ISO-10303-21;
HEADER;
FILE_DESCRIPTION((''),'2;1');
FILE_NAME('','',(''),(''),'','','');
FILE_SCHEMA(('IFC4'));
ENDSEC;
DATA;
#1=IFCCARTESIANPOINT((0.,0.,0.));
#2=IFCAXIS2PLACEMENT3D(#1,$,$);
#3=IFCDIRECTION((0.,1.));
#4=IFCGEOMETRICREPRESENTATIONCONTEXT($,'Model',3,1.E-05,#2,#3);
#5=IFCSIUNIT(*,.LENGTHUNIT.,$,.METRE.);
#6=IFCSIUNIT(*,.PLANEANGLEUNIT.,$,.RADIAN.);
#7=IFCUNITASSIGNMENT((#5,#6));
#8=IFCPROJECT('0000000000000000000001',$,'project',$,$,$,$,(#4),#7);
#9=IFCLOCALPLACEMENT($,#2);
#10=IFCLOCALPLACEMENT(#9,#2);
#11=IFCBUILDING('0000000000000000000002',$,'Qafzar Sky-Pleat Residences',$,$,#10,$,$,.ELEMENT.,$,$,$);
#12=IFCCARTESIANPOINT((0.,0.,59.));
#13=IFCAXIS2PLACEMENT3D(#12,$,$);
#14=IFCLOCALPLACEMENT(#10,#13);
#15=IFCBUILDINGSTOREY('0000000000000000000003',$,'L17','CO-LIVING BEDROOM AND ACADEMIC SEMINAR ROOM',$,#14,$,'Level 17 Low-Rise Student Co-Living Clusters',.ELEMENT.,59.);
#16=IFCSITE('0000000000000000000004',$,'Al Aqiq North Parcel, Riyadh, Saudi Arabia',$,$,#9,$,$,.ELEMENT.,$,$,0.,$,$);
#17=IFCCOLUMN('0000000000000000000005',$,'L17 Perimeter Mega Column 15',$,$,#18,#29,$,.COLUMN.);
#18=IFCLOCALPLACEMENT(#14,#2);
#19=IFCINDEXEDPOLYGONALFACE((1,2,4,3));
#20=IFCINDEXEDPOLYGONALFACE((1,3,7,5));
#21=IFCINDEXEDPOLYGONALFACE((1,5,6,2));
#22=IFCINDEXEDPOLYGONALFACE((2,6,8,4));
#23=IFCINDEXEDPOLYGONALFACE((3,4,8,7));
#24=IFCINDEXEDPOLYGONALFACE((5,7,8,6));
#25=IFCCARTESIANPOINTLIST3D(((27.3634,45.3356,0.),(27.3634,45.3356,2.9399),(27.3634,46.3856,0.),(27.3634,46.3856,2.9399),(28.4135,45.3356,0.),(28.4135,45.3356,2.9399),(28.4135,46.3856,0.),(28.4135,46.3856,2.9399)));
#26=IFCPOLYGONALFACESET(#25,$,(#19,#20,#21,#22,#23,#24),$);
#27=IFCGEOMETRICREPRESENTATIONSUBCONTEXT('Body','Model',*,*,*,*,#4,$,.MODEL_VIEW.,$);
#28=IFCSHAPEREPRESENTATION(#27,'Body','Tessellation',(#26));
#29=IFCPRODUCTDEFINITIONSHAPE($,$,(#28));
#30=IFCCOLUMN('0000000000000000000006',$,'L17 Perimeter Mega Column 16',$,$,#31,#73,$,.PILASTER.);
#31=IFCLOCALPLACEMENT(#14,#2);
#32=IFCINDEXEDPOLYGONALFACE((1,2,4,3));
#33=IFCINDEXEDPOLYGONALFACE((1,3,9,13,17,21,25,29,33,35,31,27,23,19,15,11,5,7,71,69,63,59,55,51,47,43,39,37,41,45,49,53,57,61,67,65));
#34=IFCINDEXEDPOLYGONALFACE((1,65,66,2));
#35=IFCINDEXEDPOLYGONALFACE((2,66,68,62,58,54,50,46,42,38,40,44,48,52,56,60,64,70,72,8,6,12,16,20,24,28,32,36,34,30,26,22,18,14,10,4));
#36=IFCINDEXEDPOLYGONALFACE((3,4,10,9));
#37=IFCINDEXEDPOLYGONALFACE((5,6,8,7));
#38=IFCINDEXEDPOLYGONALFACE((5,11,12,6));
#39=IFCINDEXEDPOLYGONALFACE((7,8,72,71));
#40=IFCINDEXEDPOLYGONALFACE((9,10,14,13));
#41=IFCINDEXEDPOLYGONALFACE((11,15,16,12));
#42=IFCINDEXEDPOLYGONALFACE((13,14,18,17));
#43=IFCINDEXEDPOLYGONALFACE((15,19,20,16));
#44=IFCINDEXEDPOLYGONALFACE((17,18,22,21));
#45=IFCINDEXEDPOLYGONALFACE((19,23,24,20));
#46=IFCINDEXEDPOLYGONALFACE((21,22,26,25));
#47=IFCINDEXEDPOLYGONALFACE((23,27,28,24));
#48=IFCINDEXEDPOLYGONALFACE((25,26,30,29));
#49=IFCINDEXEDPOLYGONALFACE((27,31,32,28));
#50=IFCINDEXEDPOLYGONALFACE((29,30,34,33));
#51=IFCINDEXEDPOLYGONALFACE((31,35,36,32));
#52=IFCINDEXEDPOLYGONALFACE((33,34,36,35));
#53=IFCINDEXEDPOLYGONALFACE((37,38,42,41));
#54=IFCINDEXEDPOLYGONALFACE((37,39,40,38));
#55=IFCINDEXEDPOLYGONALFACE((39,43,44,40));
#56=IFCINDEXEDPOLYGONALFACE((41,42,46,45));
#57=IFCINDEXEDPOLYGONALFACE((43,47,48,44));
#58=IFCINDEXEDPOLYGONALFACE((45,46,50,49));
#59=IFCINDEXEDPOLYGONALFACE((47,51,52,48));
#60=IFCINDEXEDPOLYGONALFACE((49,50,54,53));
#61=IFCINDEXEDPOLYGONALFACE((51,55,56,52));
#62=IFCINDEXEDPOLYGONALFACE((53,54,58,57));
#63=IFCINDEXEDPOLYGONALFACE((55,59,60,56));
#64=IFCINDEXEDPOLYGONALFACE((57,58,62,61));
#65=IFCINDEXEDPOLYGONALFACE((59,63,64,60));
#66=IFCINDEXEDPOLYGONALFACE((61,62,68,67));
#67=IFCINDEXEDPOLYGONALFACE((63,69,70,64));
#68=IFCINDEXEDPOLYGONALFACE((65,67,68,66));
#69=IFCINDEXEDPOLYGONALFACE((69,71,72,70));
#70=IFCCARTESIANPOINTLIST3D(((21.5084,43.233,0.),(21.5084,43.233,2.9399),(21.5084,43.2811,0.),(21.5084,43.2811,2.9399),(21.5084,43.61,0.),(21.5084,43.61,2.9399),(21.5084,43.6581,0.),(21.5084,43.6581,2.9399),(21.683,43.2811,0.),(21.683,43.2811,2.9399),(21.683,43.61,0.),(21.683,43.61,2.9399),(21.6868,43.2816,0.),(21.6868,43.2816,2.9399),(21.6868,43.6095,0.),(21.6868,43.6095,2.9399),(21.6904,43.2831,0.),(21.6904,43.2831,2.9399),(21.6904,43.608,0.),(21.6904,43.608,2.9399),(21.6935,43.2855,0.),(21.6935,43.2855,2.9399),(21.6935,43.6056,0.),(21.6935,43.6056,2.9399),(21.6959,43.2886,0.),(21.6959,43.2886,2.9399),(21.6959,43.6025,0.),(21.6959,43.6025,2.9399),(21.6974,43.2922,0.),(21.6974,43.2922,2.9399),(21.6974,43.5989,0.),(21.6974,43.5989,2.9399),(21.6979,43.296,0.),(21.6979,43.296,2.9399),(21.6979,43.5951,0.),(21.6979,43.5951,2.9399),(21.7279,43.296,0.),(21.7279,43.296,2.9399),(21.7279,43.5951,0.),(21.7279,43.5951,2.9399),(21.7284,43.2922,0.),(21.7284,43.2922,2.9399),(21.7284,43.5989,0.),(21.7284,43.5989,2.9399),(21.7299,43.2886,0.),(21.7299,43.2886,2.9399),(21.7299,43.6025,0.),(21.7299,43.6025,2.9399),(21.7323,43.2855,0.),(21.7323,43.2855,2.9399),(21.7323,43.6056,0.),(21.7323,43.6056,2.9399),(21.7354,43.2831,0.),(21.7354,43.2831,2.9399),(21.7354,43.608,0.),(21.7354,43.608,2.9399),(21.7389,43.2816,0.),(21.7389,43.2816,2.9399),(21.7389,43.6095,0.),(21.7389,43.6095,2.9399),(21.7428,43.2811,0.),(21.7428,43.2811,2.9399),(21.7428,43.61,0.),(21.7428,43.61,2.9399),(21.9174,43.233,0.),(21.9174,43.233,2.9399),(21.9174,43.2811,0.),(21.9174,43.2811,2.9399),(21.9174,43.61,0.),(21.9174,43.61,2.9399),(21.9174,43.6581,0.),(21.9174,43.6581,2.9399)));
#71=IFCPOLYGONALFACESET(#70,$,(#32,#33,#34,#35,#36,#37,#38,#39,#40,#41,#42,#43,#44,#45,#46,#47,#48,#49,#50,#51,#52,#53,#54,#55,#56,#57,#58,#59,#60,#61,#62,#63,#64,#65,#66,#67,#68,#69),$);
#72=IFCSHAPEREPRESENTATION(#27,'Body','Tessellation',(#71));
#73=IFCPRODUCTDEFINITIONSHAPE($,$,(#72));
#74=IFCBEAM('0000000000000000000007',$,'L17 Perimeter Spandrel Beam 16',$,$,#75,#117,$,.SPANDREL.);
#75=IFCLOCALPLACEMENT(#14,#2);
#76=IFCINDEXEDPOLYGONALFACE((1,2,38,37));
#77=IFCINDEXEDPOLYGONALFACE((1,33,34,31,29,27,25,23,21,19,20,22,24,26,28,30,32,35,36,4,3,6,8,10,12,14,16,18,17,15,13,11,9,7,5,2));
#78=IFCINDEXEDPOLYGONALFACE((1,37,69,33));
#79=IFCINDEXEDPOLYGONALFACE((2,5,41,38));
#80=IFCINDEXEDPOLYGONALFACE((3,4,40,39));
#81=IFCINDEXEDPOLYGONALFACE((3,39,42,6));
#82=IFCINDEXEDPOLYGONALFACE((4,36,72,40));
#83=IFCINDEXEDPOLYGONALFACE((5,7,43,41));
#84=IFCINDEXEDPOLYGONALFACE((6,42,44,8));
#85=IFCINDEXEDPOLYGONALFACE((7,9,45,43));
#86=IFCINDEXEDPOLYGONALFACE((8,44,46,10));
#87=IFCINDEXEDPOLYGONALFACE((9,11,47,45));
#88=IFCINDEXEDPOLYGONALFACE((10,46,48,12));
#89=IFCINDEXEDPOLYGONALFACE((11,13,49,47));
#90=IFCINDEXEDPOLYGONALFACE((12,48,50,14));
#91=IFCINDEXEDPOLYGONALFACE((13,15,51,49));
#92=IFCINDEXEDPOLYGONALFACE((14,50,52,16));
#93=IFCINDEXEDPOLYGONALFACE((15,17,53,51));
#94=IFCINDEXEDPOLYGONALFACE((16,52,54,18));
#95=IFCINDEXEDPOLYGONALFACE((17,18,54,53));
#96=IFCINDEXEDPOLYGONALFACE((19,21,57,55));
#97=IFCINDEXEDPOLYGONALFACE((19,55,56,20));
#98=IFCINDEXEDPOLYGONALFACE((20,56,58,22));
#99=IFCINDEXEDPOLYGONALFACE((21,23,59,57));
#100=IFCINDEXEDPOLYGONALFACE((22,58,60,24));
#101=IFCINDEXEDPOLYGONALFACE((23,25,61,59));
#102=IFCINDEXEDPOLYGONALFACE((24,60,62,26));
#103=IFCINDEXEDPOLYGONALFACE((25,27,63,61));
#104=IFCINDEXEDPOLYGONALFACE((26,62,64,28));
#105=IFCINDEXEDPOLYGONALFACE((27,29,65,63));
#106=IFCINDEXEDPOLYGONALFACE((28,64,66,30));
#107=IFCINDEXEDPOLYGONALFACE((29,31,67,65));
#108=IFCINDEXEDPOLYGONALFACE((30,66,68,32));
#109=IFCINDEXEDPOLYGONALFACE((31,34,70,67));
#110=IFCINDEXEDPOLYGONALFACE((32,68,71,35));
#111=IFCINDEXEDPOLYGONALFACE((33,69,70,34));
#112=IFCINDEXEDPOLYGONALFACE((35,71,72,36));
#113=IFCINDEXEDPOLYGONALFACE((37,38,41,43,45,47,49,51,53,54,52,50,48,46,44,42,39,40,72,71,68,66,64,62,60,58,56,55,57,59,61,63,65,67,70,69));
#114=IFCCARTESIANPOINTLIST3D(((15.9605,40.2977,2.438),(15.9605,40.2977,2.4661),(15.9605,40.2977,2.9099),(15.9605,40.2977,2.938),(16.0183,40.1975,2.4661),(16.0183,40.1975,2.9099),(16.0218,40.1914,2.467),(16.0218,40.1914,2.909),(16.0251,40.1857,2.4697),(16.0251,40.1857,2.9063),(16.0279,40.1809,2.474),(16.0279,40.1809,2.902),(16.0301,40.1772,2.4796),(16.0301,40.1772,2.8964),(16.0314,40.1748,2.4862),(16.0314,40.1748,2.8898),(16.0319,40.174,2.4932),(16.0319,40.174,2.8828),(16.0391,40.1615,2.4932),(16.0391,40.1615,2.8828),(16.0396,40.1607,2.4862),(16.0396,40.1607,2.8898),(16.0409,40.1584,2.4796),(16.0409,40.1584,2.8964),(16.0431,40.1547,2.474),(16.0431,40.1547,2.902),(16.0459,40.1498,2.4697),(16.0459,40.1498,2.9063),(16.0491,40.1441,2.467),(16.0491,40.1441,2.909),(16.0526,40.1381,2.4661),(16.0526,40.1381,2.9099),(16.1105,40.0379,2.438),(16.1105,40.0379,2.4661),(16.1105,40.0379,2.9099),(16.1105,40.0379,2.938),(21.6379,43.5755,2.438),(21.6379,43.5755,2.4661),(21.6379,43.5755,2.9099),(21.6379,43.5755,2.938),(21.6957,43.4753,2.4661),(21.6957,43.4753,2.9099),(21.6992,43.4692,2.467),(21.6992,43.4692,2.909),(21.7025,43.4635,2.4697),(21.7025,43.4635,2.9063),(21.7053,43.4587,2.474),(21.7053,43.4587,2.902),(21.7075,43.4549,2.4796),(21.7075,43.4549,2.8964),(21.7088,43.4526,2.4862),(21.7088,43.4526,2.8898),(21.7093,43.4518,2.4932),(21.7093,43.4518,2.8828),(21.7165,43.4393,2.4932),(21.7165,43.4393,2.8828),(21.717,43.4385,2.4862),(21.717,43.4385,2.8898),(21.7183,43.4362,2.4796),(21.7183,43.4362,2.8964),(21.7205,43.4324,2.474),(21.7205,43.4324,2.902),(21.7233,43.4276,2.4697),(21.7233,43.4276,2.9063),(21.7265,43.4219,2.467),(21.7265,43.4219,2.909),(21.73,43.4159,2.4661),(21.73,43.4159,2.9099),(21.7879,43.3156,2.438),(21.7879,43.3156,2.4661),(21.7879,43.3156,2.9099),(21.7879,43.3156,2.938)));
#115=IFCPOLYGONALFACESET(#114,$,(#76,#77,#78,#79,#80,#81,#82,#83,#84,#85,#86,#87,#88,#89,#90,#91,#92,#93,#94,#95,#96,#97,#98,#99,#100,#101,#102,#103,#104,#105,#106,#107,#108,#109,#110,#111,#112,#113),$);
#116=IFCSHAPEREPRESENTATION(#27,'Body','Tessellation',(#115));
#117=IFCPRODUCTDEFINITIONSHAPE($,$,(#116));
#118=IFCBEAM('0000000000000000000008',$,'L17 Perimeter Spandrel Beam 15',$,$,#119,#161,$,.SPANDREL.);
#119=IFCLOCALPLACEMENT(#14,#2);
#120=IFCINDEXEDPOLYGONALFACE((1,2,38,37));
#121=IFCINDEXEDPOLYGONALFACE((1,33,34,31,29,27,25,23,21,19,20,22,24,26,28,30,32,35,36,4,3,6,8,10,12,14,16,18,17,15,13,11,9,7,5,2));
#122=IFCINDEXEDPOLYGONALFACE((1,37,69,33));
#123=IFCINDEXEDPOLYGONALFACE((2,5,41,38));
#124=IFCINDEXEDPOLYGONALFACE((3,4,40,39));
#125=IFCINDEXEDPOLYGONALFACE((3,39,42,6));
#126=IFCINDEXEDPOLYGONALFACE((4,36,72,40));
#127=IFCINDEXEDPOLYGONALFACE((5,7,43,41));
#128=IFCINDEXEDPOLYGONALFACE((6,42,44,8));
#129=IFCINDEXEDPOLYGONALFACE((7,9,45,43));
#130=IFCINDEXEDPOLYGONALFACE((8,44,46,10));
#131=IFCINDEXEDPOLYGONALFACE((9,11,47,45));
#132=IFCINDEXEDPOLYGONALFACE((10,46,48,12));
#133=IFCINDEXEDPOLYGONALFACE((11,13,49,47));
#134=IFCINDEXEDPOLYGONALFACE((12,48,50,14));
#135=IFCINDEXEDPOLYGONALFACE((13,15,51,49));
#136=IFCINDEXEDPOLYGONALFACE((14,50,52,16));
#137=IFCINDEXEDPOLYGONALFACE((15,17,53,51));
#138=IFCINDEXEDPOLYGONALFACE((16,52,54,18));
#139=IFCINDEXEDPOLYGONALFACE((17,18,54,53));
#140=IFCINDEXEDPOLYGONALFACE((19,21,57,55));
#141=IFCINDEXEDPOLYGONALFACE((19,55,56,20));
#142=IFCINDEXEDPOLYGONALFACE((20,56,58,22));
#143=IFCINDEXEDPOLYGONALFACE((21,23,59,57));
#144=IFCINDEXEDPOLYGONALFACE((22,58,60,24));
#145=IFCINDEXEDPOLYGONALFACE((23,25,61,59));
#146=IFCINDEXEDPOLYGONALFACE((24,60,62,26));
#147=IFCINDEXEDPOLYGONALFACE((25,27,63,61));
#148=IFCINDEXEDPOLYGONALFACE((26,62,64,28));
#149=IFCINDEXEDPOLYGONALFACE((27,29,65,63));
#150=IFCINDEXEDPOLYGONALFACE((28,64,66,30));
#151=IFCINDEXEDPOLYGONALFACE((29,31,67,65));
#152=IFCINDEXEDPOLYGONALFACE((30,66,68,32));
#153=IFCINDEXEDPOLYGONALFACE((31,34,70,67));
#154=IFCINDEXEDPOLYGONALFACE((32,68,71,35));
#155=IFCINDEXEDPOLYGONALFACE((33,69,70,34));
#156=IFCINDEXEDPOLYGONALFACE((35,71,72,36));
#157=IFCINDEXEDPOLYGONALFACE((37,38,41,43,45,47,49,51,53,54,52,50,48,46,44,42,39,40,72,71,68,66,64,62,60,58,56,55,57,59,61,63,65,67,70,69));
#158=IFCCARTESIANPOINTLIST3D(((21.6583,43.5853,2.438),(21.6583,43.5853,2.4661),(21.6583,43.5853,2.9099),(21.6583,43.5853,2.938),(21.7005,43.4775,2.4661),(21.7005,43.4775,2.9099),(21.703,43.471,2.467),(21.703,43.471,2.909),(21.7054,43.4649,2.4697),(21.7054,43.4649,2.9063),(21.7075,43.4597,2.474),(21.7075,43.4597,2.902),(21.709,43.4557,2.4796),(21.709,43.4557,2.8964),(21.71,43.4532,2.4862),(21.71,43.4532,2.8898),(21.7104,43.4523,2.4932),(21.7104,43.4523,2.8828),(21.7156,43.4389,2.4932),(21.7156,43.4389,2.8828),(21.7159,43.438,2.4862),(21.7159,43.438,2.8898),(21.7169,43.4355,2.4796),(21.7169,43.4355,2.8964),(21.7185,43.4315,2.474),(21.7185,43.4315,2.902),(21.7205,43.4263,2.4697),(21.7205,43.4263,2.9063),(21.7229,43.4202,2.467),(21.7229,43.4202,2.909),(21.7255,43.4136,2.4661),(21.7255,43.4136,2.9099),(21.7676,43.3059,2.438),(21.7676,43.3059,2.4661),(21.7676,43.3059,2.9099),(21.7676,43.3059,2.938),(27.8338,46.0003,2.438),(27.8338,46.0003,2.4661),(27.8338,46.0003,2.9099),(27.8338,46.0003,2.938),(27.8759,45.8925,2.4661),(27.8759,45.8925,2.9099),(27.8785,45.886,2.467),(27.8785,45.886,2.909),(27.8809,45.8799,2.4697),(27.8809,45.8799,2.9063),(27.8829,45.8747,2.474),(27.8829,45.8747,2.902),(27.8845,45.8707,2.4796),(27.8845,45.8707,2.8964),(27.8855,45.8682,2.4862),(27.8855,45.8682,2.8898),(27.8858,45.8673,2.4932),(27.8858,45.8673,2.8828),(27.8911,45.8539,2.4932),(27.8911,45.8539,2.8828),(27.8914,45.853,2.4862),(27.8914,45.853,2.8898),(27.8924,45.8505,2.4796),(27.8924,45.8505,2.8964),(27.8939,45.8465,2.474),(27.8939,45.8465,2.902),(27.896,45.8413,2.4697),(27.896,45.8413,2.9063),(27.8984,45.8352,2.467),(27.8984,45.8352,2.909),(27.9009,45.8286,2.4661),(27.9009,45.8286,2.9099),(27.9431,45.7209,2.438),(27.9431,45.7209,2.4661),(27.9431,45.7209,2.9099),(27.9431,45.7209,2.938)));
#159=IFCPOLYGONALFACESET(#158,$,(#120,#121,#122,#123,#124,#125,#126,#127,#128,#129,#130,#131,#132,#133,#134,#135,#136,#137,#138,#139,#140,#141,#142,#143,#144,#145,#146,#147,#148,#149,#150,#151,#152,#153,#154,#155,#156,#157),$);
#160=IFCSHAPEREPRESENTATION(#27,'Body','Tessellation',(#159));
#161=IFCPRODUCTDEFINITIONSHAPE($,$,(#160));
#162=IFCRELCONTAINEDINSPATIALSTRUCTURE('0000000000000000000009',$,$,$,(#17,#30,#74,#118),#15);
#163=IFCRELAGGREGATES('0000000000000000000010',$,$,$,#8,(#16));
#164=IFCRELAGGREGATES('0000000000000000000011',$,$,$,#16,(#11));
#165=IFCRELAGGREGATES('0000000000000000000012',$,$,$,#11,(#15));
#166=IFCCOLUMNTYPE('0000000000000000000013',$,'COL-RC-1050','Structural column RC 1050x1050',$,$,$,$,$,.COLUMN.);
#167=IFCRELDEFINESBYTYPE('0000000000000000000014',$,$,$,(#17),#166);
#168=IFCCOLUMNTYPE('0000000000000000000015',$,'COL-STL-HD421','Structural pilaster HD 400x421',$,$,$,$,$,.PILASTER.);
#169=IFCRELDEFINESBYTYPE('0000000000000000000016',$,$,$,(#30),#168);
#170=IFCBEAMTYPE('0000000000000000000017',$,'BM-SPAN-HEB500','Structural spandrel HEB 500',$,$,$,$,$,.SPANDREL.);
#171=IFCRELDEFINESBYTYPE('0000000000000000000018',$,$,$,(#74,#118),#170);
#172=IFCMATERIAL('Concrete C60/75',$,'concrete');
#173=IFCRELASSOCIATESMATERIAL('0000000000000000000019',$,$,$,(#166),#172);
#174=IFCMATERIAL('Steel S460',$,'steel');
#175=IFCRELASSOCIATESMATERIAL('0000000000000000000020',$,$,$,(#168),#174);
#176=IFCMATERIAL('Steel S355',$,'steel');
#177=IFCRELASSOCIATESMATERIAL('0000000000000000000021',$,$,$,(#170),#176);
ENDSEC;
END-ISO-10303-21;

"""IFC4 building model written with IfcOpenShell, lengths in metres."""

from ifc_helpers import new_model, si_unit, direction, frame, origin, origin_2d, place, context, subcontext, project, spatial, rectangle, i_section, extrude, source, transform, mapped, material, material_profile, profile_set, type_object, element, save


model = new_model("IFC4")

# Units and contexts
model_context = context("Model", 3, precision=1e-05, world=origin(), true_north=direction((0.0, 1.0)))
body_context = subcontext(model_context, "Body", "Model", "MODEL_VIEW")
ifc_project = project(units=[si_unit("LENGTHUNIT", "METRE"), si_unit("PLANEANGLEUNIT", "RADIAN")], contexts=[model_context])

# Site, building, storey
site_placement = place(None, origin())
site = spatial("IfcSite", under=ifc_project, at=site_placement, Name="Al Aqiq North Parcel, Riyadh, Saudi Arabia", CompositionType="ELEMENT", RefElevation=0.0)
building_placement = place(site_placement, origin())
building = spatial("IfcBuilding", under=site, at=building_placement, Name="Qafzar Sky-Pleat Residences", CompositionType="ELEMENT")
storey_placement = place(building_placement, frame((0.0, 0.0, 59.0)))
storey = spatial("IfcBuildingStorey", under=building, at=storey_placement, Name="L17", Description="CO-LIVING BEDROOM AND ACADEMIC SEMINAR ROOM", LongName="Level 17 Low-Rise Student Co-Living Clusters", CompositionType="ELEMENT", Elevation=59.0)

# Columns
ifc_material_1 = material(Name="Concrete C60/75", Category="concrete")
ifc_material_profile_1 = material_profile(ifc_material_1, rectangle(XDim=1.05, YDim=1.05, at=origin_2d()), Name="RC 1050x1050")
ifc_profile_set_1 = profile_set([ifc_material_profile_1], Name="Concrete C60/75")
column_type_1 = type_object("IfcColumnType", Name="COL-RC-1050", Description="Structural column RC 1050x1050", PredefinedType="COLUMN", material=ifc_profile_set_1)
shared_shape_1 = source(origin(), body_context, "Body", "SweptSolid", [
    extrude(rectangle(XDim=1.05, YDim=1.05, at=origin_2d()), origin(), (0.0, 0.0, 1.0), 2.9399),
])
column_1_placement = place(storey_placement, frame((27.8884, 45.8606, 0.0), z_axis=(0.0, 0.0, 1.0), x_axis=(1.0, 0.0, 0.0)))
element("IfcColumn", 1, at=column_1_placement, inside=storey, type_object=column_type_1, Name="L17 Perimeter Mega Column 15", PredefinedType="COLUMN", context=body_context, shape_type="MappedRepresentation", body=[
    mapped(shared_shape_1, transform((0.0, 0.0, 0.0), x_axis=(1.0, 0.0, 0.0), y_axis=(0.0, 1.0, 0.0), z_axis=(0.0, 0.0, 1.0), scale=1.0)),
])
ifc_material_2 = material(Name="Steel S460", Category="steel")
ifc_material_profile_2 = material_profile(ifc_material_2, i_section(OverallWidth=0.4089, OverallDepth=0.425, WebThickness=0.03, FlangeThickness=0.0481, FilletRadius=0.0149, at=origin_2d()), Name="HD 400x421")
ifc_profile_set_2 = profile_set([ifc_material_profile_2], Name="Steel S460")
column_type_2 = type_object("IfcColumnType", Name="COL-STL-HD421", Description="Structural pilaster HD 400x421", PredefinedType="PILASTER", material=ifc_profile_set_2)
shared_shape_2 = source(origin(), body_context, "Body", "SweptSolid", [
    extrude(i_section(OverallWidth=0.4089, OverallDepth=0.425, WebThickness=0.03, FlangeThickness=0.0481, FilletRadius=0.0149, at=origin_2d()), origin(), (0.0, 0.0, 1.0), 2.9399),
])
column_2_placement = place(storey_placement, frame((21.7129, 43.4456, 0.0), z_axis=(0.0, 0.0, 1.0), x_axis=(1.0, 0.0, 0.0)))
element("IfcColumn", 2, at=column_2_placement, inside=storey, type_object=column_type_2, Name="L17 Perimeter Mega Column 16", PredefinedType="PILASTER", context=body_context, shape_type="MappedRepresentation", body=[
    mapped(shared_shape_2, transform((0.0, 0.0, 0.0), x_axis=(1.0, 0.0, 0.0), y_axis=(0.0, 1.0, 0.0), z_axis=(0.0, 0.0, 1.0), scale=1.0)),
])

# Beams
ifc_material_3 = material(Name="Steel S355", Category="steel")
ifc_material_profile_3 = material_profile(ifc_material_3, i_section(OverallWidth=0.3, OverallDepth=0.5, WebThickness=0.0144, FlangeThickness=0.0281, FilletRadius=0.0271, at=origin_2d()), Name="HEB 500")
ifc_profile_set_3 = profile_set([ifc_material_profile_3], Name="Steel S355")
beam_type_1 = type_object("IfcBeamType", Name="BM-SPAN-HEB500", Description="Structural spandrel HEB 500", PredefinedType="SPANDREL", material=ifc_profile_set_3)
shared_shape_3 = source(origin(), body_context, "Body", "SweptSolid", [
    extrude(i_section(OverallWidth=0.3, OverallDepth=0.5, WebThickness=0.0144, FlangeThickness=0.0281, FilletRadius=0.0271, at=origin_2d()), origin(), (0.0, 0.0, 1.0), 6.5557),
])
beam_1_placement = place(storey_placement, frame((21.7129, 43.4456, 2.688), z_axis=(-0.86603, -0.499992, 0.0), x_axis=(0.499992, -0.86603, 0.0)))
element("IfcBeam", 3, at=beam_1_placement, inside=storey, type_object=beam_type_1, Name="L17 Perimeter Spandrel Beam 16", PredefinedType="SPANDREL", context=body_context, shape_type="MappedRepresentation", body=[
    mapped(shared_shape_3, transform((0.0, 0.0, 0.0), x_axis=(1.0, 0.0, 0.0), y_axis=(0.0, 1.0, 0.0), z_axis=(0.0, 0.0, 1.0), scale=1.0)),
])
shared_shape_4 = source(origin(), body_context, "Body", "SweptSolid", [
    extrude(i_section(OverallWidth=0.3, OverallDepth=0.5, WebThickness=0.0144, FlangeThickness=0.0281, FilletRadius=0.0271, at=origin_2d()), origin(), (0.0, 0.0, 1.0), 6.6309),
])
beam_2_placement = place(storey_placement, frame((27.8884, 45.8606, 2.688), z_axis=(-0.931318, -0.364206, 0.0), x_axis=(0.364206, -0.931318, 0.0)))
element("IfcBeam", 4, at=beam_2_placement, inside=storey, type_object=beam_type_1, Name="L17 Perimeter Spandrel Beam 15", PredefinedType="SPANDREL", context=body_context, shape_type="MappedRepresentation", body=[
    mapped(shared_shape_4, transform((0.0, 0.0, 0.0), x_axis=(1.0, 0.0, 0.0), y_axis=(0.0, 1.0, 0.0), z_axis=(0.0, 0.0, 1.0), scale=1.0)),
])

save(model, "model.ifc")
